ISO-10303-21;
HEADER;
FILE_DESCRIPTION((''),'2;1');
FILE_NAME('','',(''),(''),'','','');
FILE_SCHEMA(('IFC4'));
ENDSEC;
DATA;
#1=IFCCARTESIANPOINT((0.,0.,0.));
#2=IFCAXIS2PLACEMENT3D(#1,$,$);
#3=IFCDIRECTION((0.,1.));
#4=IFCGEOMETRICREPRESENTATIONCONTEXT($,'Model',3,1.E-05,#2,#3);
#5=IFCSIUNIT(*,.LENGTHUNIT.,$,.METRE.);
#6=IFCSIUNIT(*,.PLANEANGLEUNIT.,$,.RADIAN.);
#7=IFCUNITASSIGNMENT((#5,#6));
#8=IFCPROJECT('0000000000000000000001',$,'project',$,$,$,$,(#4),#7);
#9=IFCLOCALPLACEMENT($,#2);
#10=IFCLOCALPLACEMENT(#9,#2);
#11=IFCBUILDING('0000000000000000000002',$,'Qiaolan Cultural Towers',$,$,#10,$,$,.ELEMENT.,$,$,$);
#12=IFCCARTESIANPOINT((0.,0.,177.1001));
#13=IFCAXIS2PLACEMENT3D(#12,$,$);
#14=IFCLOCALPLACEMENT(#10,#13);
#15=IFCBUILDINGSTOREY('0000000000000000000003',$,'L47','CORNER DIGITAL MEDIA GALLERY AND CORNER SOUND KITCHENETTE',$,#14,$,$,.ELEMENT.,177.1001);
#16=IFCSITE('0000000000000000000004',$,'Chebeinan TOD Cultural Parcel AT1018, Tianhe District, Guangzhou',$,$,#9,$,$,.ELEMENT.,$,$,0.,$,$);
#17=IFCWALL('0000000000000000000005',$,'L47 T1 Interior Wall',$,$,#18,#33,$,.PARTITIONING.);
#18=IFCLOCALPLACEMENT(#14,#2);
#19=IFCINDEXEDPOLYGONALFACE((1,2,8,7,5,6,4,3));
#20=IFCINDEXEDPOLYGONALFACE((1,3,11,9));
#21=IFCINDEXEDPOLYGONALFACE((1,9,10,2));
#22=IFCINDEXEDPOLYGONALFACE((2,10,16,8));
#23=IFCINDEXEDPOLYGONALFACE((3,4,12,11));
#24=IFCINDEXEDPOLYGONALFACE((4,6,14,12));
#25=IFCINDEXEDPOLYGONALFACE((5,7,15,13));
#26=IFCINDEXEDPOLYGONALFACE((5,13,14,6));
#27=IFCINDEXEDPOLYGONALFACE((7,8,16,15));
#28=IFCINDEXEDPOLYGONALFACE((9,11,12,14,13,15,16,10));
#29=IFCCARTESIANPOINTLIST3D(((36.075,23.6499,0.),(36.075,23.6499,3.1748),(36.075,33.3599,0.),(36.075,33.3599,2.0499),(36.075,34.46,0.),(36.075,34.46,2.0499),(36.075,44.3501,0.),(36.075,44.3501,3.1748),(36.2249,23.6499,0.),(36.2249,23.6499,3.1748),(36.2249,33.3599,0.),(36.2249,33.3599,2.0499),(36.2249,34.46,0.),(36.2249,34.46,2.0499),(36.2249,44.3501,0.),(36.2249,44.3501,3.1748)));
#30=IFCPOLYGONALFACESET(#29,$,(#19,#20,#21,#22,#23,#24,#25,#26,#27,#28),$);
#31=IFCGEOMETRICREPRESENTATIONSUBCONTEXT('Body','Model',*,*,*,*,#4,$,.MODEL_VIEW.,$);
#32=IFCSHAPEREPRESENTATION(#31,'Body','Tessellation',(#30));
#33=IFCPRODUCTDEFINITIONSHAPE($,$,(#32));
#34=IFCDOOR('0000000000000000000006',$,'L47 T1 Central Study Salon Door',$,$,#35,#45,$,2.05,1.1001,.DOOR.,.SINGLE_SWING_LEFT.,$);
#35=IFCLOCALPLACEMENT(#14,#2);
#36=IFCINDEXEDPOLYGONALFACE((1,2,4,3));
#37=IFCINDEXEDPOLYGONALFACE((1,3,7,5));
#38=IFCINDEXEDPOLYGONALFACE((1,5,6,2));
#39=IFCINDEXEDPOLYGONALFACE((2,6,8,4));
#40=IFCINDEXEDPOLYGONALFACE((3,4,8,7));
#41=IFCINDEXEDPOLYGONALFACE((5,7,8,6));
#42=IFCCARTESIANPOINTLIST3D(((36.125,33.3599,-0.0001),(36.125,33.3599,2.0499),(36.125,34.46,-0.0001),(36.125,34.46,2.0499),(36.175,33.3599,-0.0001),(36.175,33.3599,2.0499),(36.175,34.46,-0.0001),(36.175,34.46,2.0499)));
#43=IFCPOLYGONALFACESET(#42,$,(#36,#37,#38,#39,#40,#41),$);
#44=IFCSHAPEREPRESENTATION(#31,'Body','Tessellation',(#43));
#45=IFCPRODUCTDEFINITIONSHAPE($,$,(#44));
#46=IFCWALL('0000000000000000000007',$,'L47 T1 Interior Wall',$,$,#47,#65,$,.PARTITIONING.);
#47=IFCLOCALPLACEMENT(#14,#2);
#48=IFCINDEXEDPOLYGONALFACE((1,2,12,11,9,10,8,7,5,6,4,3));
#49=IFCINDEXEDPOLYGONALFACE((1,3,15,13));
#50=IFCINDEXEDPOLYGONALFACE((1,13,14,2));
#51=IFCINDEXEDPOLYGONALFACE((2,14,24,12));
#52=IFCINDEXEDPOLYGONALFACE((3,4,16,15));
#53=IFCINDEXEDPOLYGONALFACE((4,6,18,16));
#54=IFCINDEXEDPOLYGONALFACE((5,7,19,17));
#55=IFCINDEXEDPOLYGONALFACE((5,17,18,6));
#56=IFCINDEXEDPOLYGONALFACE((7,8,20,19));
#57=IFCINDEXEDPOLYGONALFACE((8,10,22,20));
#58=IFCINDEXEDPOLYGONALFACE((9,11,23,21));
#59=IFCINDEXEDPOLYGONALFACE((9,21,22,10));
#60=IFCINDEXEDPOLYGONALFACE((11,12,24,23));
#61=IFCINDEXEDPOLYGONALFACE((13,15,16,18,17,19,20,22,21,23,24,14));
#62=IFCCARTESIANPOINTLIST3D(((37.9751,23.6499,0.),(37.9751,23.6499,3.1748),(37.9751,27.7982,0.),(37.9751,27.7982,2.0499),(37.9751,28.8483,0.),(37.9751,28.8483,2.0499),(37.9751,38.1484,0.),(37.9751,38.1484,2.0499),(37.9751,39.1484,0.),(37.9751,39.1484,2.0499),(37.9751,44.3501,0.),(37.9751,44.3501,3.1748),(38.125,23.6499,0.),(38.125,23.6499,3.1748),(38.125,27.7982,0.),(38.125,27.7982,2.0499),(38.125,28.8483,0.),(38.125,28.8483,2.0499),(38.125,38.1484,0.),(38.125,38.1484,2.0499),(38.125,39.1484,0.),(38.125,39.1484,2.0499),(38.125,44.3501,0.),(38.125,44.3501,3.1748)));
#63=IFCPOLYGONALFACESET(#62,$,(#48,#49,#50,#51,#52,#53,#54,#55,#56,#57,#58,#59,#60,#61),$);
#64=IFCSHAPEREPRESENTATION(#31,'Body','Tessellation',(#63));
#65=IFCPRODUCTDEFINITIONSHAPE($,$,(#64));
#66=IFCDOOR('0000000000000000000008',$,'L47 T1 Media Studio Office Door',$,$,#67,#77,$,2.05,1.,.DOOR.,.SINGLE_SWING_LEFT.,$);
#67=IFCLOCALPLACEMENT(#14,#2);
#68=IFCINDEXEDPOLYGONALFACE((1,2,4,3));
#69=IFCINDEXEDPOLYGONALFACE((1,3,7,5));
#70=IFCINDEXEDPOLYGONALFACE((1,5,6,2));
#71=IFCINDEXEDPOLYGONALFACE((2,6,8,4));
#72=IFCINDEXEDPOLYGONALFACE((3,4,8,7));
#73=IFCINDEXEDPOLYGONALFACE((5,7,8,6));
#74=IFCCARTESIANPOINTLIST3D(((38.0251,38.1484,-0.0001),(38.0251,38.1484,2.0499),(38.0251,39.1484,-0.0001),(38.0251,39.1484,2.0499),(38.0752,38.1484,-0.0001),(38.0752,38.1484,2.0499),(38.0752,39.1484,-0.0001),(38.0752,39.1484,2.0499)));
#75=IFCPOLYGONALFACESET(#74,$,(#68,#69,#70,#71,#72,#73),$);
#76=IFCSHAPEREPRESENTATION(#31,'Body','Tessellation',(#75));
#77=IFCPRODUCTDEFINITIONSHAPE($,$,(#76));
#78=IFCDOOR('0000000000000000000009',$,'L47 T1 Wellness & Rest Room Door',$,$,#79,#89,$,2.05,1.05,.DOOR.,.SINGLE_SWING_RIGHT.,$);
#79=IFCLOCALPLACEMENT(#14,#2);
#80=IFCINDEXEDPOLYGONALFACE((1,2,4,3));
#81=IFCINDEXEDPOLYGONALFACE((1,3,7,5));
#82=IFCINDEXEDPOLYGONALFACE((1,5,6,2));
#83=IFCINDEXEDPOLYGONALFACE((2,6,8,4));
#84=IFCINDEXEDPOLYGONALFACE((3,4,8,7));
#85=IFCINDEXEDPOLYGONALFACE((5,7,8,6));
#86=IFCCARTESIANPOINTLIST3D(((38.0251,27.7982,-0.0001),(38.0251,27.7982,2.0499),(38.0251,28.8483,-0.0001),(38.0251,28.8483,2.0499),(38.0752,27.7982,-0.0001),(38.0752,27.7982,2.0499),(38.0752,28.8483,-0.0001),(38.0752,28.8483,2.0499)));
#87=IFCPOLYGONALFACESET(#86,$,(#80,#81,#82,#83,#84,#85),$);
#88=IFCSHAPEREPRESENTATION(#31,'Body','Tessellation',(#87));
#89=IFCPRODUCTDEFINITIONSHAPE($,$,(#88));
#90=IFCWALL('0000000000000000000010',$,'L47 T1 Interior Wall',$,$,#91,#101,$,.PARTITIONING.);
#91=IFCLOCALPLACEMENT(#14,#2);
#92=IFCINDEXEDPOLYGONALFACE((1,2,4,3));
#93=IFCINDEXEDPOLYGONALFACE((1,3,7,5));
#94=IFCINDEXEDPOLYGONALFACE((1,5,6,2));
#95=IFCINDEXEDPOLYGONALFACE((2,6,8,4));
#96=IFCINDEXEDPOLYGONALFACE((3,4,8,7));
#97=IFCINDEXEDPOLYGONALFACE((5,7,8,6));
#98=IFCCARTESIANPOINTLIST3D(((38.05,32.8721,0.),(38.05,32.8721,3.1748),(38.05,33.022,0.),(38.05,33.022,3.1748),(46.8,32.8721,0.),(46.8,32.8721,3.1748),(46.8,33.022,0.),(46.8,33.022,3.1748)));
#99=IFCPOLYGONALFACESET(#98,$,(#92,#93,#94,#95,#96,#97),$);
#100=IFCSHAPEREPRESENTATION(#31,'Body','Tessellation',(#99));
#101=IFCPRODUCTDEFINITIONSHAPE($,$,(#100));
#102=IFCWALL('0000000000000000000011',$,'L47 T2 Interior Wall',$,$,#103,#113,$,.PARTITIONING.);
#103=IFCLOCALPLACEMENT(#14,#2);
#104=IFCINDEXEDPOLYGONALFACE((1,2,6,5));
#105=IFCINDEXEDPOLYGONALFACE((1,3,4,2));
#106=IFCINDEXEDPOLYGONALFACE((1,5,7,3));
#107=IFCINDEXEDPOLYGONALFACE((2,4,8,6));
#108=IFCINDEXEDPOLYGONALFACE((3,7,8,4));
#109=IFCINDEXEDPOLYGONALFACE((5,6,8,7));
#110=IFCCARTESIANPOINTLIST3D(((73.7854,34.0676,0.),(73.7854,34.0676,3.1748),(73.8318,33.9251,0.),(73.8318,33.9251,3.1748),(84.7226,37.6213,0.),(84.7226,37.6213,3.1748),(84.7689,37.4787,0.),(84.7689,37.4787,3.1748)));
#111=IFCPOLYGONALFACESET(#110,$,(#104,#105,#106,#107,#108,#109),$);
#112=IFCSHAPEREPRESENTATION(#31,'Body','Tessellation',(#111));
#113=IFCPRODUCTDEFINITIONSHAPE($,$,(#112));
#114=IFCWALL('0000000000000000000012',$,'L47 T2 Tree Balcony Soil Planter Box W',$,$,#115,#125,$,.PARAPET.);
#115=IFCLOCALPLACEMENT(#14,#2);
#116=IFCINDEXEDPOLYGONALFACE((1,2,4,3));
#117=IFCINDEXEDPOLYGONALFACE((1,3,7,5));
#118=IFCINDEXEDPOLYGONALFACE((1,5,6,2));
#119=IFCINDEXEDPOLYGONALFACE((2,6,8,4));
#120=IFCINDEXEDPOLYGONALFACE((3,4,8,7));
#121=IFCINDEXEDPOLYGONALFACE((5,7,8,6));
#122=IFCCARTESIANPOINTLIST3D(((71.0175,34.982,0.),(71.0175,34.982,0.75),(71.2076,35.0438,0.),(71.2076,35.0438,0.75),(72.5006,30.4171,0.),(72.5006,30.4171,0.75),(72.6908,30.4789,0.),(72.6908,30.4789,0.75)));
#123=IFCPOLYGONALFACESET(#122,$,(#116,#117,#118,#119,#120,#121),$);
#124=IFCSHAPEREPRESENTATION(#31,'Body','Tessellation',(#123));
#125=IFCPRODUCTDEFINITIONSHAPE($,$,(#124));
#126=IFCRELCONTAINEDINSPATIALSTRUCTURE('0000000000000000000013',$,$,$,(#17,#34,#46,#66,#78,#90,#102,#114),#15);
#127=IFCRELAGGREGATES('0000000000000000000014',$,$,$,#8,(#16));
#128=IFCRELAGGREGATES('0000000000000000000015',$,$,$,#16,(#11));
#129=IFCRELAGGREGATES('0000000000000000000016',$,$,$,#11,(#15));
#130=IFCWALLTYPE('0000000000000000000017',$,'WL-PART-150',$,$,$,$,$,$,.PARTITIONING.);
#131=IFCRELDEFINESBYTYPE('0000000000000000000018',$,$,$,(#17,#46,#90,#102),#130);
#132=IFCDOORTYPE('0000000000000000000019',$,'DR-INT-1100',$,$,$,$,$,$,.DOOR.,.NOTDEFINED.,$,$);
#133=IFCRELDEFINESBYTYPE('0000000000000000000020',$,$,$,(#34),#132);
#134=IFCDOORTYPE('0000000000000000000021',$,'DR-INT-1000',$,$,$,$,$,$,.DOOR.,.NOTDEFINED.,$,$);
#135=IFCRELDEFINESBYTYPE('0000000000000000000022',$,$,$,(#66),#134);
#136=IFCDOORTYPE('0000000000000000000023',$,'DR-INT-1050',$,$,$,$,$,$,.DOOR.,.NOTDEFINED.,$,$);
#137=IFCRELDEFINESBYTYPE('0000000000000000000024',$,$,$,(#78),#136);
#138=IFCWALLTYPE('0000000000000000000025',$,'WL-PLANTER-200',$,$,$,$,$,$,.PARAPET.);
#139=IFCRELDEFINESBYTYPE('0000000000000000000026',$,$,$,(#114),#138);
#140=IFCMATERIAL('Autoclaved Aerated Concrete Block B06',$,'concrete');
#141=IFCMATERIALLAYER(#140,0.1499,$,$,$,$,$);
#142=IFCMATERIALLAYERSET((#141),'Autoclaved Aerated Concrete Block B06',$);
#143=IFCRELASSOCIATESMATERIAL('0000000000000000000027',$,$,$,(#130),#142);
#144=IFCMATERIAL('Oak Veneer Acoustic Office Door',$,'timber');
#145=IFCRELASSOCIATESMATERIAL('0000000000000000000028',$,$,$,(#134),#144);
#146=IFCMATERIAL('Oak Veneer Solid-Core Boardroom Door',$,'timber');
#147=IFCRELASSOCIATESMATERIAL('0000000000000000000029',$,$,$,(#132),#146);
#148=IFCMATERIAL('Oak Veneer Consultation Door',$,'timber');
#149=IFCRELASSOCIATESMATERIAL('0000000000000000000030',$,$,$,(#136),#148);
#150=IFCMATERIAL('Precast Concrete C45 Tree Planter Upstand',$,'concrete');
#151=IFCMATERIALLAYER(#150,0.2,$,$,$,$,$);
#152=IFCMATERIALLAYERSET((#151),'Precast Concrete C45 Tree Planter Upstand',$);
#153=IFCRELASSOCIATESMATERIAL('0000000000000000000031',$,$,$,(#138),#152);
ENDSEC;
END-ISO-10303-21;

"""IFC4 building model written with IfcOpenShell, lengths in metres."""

from ifc_helpers import new_model, si_unit, direction, frame, frame_2d, origin, place, context, subcontext, project, spatial, rectangle, extrude, material, layer, layer_set, type_object, element, fill, save


model = new_model("IFC4")

# Units and contexts
model_context = context("Model", 3, precision=1e-05, world=origin(), true_north=direction((0.0, 1.0)))
body_context = subcontext(model_context, "Body", "Model", "MODEL_VIEW")
ifc_project = project(units=[si_unit("LENGTHUNIT", "METRE"), si_unit("PLANEANGLEUNIT", "RADIAN")], contexts=[model_context])

# Site, building, storey
site_placement = place(None, origin())
site = spatial("IfcSite", under=ifc_project, at=site_placement, Name="Chebeinan TOD Cultural Parcel AT1018, Tianhe District, Guangzhou", CompositionType="ELEMENT", RefElevation=0.0)
building_placement = place(site_placement, origin())
building = spatial("IfcBuilding", under=site, at=building_placement, Name="Qiaolan Cultural Towers", CompositionType="ELEMENT")
storey_placement = place(building_placement, frame((0.0, 0.0, 177.1001)))
storey = spatial("IfcBuildingStorey", under=building, at=storey_placement, Name="L47", Description="CORNER DIGITAL MEDIA GALLERY AND CORNER SOUND KITCHENETTE", CompositionType="ELEMENT", Elevation=177.1001)

# Shared definitions
ifc_material_1 = material(Name="Autoclaved Aerated Concrete Block B06", Category="concrete")
ifc_layer_1 = layer(ifc_material_1, 0.1499)
ifc_layer_set_1 = layer_set([ifc_layer_1], Name="Autoclaved Aerated Concrete Block B06")
wall_type_1 = type_object("IfcWallType", Name="WL-PART-150", PredefinedType="PARTITIONING", material=ifc_layer_set_1)

# Shared definitions
ifc_material_2 = material(Name="Oak Veneer Acoustic Office Door", Category="timber")
door_type_1 = type_object("IfcDoorType", Name="DR-INT-1000", OperationType="NOTDEFINED", PredefinedType="DOOR", material=ifc_material_2)

# Wall, opening, door
wall_1_placement = place(storey_placement, frame((36.1499, 23.6499, 0.0), z_axis=(0.0, 0.0, 1.0), x_axis=(0.0, 1.0, 0.0)))
wall_1 = element("IfcWall", 1, at=wall_1_placement, inside=storey, type_object=wall_type_1, Name="L47 T1 Interior Wall", PredefinedType="PARTITIONING", context=body_context, shape_type="SweptSolid", body=[
    extrude(rectangle(XDim=20.7002, YDim=0.1499, at=frame_2d((10.3501, 0.0))), origin(), (0.0, 0.0, 1.0), 3.1748),
])
opening_1_placement = place(wall_1_placement, frame((9.71, 0.0, 0.0)))
opening_1 = element("IfcOpeningElement", 2, at=opening_1_placement, cuts=wall_1, PredefinedType="OPENING", context=body_context, shape_type="SweptSolid", body=[
    extrude(rectangle(XDim=1.1001, YDim=2.05, at=frame_2d((0.55, 1.0249))), frame((0.0, 0.085, 0.0), z_axis=(0.0, -1.0, 0.0), x_axis=(1.0, 0.0, 0.0)), (0.0, 0.0, 1.0), 0.1699),
])
ifc_material_3 = material(Name="Oak Veneer Solid-Core Boardroom Door", Category="timber")
door_type_2 = type_object("IfcDoorType", Name="DR-INT-1100", OperationType="NOTDEFINED", PredefinedType="DOOR", material=ifc_material_3)
door_1_placement = place(opening_1_placement, origin())
door_1 = element("IfcDoor", 3, at=door_1_placement, inside=storey, type_object=door_type_2, Name="L47 T1 Central Study Salon Door", OperationType="SINGLE_SWING_LEFT", OverallHeight=2.05, OverallWidth=1.1001, PredefinedType="DOOR", context=body_context, shape_type="SweptSolid", body=[
    extrude(rectangle(XDim=1.1001, YDim=2.05, at=frame_2d((0.55, 1.0249))), frame((0.0, 0.0249, 0.0), z_axis=(0.0, -1.0, 0.0), x_axis=(1.0, 0.0, 0.0)), (0.0, 0.0, 1.0), 0.05),
])
fill(opening_1, door_1)

# Wall, openings, doors
wall_2_placement = place(storey_placement, frame((38.05, 23.6499, 0.0), z_axis=(0.0, 0.0, 1.0), x_axis=(0.0, 1.0, 0.0)))
wall_2 = element("IfcWall", 4, at=wall_2_placement, inside=storey, type_object=wall_type_1, Name="L47 T1 Interior Wall", PredefinedType="PARTITIONING", context=body_context, shape_type="SweptSolid", body=[
    extrude(rectangle(XDim=20.7002, YDim=0.1499, at=frame_2d((10.3501, 0.0))), origin(), (0.0, 0.0, 1.0), 3.1748),
])
opening_2_placement = place(wall_2_placement, frame((4.1484, 0.0, 0.0)))
opening_2 = element("IfcOpeningElement", 5, at=opening_2_placement, cuts=wall_2, PredefinedType="OPENING", context=body_context, shape_type="SweptSolid", body=[
    extrude(rectangle(XDim=1.05, YDim=2.05, at=frame_2d((0.5249, 1.0249))), frame((0.0, 0.085, 0.0), z_axis=(0.0, -1.0, 0.0), x_axis=(1.0, 0.0, 0.0)), (0.0, 0.0, 1.0), 0.1699),
])
opening_3_placement = place(wall_2_placement, frame((14.4985, 0.0, 0.0)))
opening_3 = element("IfcOpeningElement", 6, at=opening_3_placement, cuts=wall_2, PredefinedType="OPENING", context=body_context, shape_type="SweptSolid", body=[
    extrude(rectangle(XDim=1.0, YDim=2.05, at=frame_2d((0.5, 1.0249))), frame((0.0, 0.085, 0.0), z_axis=(0.0, -1.0, 0.0), x_axis=(1.0, 0.0, 0.0)), (0.0, 0.0, 1.0), 0.1699),
])
door_2_placement = place(opening_3_placement, origin())
door_2 = element("IfcDoor", 7, at=door_2_placement, inside=storey, type_object=door_type_1, Name="L47 T1 Media Studio Office Door", OperationType="SINGLE_SWING_LEFT", OverallHeight=2.05, OverallWidth=1.0, PredefinedType="DOOR", context=body_context, shape_type="SweptSolid", body=[
    extrude(rectangle(XDim=1.0, YDim=2.05, at=frame_2d((0.5, 1.0249))), frame((0.0, 0.0249, 0.0), z_axis=(0.0, -1.0, 0.0), x_axis=(1.0, 0.0, 0.0)), (0.0, 0.0, 1.0), 0.05),
])
fill(opening_3, door_2)
ifc_material_4 = material(Name="Oak Veneer Consultation Door", Category="timber")
door_type_3 = type_object("IfcDoorType", Name="DR-INT-1050", OperationType="NOTDEFINED", PredefinedType="DOOR", material=ifc_material_4)
door_3_placement = place(opening_2_placement, origin())
door_3 = element("IfcDoor", 8, at=door_3_placement, inside=storey, type_object=door_type_3, Name="L47 T1 Wellness & Rest Room Door", OperationType="SINGLE_SWING_RIGHT", OverallHeight=2.05, OverallWidth=1.05, PredefinedType="DOOR", context=body_context, shape_type="SweptSolid", body=[
    extrude(rectangle(XDim=1.05, YDim=2.05, at=frame_2d((0.5249, 1.0249))), frame((0.0, 0.0249, 0.0), z_axis=(0.0, -1.0, 0.0), x_axis=(1.0, 0.0, 0.0)), (0.0, 0.0, 1.0), 0.05),
])
fill(opening_2, door_3)

# Walls
wall_3_placement = place(storey_placement, frame((38.05, 32.947, 0.0), z_axis=(0.0, 0.0, 1.0), x_axis=(1.0, 0.0, 0.0)))
element("IfcWall", 9, at=wall_3_placement, inside=storey, type_object=wall_type_1, Name="L47 T1 Interior Wall", PredefinedType="PARTITIONING", context=body_context, shape_type="SweptSolid", body=[
    extrude(rectangle(XDim=8.75, YDim=0.1499, at=frame_2d((4.375, 0.0))), origin(), (0.0, 0.0, 1.0), 3.1748),
])
wall_4_placement = place(storey_placement, frame((73.8086, 33.9963, 0.0), z_axis=(0.0, 0.0, 1.0), x_axis=(0.951057, 0.309016, 0.0)))
element("IfcWall", 10, at=wall_4_placement, inside=storey, type_object=wall_type_1, Name="L47 T2 Interior Wall", PredefinedType="PARTITIONING", context=body_context, shape_type="SweptSolid", body=[
    extrude(rectangle(XDim=11.5, YDim=0.1499, at=frame_2d((5.75, 0.0))), origin(), (0.0, 0.0, 1.0), 3.1748),
])
ifc_material_5 = material(Name="Precast Concrete C45 Tree Planter Upstand", Category="concrete")
ifc_layer_2 = layer(ifc_material_5, 0.2)
ifc_layer_set_2 = layer_set([ifc_layer_2], Name="Precast Concrete C45 Tree Planter Upstand")
wall_type_2 = type_object("IfcWallType", Name="WL-PLANTER-200", PredefinedType="PARAPET", material=ifc_layer_set_2)
wall_5_placement = place(storey_placement, frame((72.5957, 30.448, 0.0), z_axis=(0.0, 0.0, 1.0), x_axis=(-0.309001, 0.951062, 0.0)))
element("IfcWall", 11, at=wall_5_placement, inside=storey, type_object=wall_type_2, Name="L47 T2 Tree Balcony Soil Planter Box W", PredefinedType="PARAPET", context=body_context, shape_type="SweptSolid", body=[
    extrude(rectangle(XDim=4.7998, YDim=0.2, at=frame_2d((2.3999, 0.0))), origin(), (0.0, 0.0, 1.0), 0.75),
])

save(model, "model.ifc")
